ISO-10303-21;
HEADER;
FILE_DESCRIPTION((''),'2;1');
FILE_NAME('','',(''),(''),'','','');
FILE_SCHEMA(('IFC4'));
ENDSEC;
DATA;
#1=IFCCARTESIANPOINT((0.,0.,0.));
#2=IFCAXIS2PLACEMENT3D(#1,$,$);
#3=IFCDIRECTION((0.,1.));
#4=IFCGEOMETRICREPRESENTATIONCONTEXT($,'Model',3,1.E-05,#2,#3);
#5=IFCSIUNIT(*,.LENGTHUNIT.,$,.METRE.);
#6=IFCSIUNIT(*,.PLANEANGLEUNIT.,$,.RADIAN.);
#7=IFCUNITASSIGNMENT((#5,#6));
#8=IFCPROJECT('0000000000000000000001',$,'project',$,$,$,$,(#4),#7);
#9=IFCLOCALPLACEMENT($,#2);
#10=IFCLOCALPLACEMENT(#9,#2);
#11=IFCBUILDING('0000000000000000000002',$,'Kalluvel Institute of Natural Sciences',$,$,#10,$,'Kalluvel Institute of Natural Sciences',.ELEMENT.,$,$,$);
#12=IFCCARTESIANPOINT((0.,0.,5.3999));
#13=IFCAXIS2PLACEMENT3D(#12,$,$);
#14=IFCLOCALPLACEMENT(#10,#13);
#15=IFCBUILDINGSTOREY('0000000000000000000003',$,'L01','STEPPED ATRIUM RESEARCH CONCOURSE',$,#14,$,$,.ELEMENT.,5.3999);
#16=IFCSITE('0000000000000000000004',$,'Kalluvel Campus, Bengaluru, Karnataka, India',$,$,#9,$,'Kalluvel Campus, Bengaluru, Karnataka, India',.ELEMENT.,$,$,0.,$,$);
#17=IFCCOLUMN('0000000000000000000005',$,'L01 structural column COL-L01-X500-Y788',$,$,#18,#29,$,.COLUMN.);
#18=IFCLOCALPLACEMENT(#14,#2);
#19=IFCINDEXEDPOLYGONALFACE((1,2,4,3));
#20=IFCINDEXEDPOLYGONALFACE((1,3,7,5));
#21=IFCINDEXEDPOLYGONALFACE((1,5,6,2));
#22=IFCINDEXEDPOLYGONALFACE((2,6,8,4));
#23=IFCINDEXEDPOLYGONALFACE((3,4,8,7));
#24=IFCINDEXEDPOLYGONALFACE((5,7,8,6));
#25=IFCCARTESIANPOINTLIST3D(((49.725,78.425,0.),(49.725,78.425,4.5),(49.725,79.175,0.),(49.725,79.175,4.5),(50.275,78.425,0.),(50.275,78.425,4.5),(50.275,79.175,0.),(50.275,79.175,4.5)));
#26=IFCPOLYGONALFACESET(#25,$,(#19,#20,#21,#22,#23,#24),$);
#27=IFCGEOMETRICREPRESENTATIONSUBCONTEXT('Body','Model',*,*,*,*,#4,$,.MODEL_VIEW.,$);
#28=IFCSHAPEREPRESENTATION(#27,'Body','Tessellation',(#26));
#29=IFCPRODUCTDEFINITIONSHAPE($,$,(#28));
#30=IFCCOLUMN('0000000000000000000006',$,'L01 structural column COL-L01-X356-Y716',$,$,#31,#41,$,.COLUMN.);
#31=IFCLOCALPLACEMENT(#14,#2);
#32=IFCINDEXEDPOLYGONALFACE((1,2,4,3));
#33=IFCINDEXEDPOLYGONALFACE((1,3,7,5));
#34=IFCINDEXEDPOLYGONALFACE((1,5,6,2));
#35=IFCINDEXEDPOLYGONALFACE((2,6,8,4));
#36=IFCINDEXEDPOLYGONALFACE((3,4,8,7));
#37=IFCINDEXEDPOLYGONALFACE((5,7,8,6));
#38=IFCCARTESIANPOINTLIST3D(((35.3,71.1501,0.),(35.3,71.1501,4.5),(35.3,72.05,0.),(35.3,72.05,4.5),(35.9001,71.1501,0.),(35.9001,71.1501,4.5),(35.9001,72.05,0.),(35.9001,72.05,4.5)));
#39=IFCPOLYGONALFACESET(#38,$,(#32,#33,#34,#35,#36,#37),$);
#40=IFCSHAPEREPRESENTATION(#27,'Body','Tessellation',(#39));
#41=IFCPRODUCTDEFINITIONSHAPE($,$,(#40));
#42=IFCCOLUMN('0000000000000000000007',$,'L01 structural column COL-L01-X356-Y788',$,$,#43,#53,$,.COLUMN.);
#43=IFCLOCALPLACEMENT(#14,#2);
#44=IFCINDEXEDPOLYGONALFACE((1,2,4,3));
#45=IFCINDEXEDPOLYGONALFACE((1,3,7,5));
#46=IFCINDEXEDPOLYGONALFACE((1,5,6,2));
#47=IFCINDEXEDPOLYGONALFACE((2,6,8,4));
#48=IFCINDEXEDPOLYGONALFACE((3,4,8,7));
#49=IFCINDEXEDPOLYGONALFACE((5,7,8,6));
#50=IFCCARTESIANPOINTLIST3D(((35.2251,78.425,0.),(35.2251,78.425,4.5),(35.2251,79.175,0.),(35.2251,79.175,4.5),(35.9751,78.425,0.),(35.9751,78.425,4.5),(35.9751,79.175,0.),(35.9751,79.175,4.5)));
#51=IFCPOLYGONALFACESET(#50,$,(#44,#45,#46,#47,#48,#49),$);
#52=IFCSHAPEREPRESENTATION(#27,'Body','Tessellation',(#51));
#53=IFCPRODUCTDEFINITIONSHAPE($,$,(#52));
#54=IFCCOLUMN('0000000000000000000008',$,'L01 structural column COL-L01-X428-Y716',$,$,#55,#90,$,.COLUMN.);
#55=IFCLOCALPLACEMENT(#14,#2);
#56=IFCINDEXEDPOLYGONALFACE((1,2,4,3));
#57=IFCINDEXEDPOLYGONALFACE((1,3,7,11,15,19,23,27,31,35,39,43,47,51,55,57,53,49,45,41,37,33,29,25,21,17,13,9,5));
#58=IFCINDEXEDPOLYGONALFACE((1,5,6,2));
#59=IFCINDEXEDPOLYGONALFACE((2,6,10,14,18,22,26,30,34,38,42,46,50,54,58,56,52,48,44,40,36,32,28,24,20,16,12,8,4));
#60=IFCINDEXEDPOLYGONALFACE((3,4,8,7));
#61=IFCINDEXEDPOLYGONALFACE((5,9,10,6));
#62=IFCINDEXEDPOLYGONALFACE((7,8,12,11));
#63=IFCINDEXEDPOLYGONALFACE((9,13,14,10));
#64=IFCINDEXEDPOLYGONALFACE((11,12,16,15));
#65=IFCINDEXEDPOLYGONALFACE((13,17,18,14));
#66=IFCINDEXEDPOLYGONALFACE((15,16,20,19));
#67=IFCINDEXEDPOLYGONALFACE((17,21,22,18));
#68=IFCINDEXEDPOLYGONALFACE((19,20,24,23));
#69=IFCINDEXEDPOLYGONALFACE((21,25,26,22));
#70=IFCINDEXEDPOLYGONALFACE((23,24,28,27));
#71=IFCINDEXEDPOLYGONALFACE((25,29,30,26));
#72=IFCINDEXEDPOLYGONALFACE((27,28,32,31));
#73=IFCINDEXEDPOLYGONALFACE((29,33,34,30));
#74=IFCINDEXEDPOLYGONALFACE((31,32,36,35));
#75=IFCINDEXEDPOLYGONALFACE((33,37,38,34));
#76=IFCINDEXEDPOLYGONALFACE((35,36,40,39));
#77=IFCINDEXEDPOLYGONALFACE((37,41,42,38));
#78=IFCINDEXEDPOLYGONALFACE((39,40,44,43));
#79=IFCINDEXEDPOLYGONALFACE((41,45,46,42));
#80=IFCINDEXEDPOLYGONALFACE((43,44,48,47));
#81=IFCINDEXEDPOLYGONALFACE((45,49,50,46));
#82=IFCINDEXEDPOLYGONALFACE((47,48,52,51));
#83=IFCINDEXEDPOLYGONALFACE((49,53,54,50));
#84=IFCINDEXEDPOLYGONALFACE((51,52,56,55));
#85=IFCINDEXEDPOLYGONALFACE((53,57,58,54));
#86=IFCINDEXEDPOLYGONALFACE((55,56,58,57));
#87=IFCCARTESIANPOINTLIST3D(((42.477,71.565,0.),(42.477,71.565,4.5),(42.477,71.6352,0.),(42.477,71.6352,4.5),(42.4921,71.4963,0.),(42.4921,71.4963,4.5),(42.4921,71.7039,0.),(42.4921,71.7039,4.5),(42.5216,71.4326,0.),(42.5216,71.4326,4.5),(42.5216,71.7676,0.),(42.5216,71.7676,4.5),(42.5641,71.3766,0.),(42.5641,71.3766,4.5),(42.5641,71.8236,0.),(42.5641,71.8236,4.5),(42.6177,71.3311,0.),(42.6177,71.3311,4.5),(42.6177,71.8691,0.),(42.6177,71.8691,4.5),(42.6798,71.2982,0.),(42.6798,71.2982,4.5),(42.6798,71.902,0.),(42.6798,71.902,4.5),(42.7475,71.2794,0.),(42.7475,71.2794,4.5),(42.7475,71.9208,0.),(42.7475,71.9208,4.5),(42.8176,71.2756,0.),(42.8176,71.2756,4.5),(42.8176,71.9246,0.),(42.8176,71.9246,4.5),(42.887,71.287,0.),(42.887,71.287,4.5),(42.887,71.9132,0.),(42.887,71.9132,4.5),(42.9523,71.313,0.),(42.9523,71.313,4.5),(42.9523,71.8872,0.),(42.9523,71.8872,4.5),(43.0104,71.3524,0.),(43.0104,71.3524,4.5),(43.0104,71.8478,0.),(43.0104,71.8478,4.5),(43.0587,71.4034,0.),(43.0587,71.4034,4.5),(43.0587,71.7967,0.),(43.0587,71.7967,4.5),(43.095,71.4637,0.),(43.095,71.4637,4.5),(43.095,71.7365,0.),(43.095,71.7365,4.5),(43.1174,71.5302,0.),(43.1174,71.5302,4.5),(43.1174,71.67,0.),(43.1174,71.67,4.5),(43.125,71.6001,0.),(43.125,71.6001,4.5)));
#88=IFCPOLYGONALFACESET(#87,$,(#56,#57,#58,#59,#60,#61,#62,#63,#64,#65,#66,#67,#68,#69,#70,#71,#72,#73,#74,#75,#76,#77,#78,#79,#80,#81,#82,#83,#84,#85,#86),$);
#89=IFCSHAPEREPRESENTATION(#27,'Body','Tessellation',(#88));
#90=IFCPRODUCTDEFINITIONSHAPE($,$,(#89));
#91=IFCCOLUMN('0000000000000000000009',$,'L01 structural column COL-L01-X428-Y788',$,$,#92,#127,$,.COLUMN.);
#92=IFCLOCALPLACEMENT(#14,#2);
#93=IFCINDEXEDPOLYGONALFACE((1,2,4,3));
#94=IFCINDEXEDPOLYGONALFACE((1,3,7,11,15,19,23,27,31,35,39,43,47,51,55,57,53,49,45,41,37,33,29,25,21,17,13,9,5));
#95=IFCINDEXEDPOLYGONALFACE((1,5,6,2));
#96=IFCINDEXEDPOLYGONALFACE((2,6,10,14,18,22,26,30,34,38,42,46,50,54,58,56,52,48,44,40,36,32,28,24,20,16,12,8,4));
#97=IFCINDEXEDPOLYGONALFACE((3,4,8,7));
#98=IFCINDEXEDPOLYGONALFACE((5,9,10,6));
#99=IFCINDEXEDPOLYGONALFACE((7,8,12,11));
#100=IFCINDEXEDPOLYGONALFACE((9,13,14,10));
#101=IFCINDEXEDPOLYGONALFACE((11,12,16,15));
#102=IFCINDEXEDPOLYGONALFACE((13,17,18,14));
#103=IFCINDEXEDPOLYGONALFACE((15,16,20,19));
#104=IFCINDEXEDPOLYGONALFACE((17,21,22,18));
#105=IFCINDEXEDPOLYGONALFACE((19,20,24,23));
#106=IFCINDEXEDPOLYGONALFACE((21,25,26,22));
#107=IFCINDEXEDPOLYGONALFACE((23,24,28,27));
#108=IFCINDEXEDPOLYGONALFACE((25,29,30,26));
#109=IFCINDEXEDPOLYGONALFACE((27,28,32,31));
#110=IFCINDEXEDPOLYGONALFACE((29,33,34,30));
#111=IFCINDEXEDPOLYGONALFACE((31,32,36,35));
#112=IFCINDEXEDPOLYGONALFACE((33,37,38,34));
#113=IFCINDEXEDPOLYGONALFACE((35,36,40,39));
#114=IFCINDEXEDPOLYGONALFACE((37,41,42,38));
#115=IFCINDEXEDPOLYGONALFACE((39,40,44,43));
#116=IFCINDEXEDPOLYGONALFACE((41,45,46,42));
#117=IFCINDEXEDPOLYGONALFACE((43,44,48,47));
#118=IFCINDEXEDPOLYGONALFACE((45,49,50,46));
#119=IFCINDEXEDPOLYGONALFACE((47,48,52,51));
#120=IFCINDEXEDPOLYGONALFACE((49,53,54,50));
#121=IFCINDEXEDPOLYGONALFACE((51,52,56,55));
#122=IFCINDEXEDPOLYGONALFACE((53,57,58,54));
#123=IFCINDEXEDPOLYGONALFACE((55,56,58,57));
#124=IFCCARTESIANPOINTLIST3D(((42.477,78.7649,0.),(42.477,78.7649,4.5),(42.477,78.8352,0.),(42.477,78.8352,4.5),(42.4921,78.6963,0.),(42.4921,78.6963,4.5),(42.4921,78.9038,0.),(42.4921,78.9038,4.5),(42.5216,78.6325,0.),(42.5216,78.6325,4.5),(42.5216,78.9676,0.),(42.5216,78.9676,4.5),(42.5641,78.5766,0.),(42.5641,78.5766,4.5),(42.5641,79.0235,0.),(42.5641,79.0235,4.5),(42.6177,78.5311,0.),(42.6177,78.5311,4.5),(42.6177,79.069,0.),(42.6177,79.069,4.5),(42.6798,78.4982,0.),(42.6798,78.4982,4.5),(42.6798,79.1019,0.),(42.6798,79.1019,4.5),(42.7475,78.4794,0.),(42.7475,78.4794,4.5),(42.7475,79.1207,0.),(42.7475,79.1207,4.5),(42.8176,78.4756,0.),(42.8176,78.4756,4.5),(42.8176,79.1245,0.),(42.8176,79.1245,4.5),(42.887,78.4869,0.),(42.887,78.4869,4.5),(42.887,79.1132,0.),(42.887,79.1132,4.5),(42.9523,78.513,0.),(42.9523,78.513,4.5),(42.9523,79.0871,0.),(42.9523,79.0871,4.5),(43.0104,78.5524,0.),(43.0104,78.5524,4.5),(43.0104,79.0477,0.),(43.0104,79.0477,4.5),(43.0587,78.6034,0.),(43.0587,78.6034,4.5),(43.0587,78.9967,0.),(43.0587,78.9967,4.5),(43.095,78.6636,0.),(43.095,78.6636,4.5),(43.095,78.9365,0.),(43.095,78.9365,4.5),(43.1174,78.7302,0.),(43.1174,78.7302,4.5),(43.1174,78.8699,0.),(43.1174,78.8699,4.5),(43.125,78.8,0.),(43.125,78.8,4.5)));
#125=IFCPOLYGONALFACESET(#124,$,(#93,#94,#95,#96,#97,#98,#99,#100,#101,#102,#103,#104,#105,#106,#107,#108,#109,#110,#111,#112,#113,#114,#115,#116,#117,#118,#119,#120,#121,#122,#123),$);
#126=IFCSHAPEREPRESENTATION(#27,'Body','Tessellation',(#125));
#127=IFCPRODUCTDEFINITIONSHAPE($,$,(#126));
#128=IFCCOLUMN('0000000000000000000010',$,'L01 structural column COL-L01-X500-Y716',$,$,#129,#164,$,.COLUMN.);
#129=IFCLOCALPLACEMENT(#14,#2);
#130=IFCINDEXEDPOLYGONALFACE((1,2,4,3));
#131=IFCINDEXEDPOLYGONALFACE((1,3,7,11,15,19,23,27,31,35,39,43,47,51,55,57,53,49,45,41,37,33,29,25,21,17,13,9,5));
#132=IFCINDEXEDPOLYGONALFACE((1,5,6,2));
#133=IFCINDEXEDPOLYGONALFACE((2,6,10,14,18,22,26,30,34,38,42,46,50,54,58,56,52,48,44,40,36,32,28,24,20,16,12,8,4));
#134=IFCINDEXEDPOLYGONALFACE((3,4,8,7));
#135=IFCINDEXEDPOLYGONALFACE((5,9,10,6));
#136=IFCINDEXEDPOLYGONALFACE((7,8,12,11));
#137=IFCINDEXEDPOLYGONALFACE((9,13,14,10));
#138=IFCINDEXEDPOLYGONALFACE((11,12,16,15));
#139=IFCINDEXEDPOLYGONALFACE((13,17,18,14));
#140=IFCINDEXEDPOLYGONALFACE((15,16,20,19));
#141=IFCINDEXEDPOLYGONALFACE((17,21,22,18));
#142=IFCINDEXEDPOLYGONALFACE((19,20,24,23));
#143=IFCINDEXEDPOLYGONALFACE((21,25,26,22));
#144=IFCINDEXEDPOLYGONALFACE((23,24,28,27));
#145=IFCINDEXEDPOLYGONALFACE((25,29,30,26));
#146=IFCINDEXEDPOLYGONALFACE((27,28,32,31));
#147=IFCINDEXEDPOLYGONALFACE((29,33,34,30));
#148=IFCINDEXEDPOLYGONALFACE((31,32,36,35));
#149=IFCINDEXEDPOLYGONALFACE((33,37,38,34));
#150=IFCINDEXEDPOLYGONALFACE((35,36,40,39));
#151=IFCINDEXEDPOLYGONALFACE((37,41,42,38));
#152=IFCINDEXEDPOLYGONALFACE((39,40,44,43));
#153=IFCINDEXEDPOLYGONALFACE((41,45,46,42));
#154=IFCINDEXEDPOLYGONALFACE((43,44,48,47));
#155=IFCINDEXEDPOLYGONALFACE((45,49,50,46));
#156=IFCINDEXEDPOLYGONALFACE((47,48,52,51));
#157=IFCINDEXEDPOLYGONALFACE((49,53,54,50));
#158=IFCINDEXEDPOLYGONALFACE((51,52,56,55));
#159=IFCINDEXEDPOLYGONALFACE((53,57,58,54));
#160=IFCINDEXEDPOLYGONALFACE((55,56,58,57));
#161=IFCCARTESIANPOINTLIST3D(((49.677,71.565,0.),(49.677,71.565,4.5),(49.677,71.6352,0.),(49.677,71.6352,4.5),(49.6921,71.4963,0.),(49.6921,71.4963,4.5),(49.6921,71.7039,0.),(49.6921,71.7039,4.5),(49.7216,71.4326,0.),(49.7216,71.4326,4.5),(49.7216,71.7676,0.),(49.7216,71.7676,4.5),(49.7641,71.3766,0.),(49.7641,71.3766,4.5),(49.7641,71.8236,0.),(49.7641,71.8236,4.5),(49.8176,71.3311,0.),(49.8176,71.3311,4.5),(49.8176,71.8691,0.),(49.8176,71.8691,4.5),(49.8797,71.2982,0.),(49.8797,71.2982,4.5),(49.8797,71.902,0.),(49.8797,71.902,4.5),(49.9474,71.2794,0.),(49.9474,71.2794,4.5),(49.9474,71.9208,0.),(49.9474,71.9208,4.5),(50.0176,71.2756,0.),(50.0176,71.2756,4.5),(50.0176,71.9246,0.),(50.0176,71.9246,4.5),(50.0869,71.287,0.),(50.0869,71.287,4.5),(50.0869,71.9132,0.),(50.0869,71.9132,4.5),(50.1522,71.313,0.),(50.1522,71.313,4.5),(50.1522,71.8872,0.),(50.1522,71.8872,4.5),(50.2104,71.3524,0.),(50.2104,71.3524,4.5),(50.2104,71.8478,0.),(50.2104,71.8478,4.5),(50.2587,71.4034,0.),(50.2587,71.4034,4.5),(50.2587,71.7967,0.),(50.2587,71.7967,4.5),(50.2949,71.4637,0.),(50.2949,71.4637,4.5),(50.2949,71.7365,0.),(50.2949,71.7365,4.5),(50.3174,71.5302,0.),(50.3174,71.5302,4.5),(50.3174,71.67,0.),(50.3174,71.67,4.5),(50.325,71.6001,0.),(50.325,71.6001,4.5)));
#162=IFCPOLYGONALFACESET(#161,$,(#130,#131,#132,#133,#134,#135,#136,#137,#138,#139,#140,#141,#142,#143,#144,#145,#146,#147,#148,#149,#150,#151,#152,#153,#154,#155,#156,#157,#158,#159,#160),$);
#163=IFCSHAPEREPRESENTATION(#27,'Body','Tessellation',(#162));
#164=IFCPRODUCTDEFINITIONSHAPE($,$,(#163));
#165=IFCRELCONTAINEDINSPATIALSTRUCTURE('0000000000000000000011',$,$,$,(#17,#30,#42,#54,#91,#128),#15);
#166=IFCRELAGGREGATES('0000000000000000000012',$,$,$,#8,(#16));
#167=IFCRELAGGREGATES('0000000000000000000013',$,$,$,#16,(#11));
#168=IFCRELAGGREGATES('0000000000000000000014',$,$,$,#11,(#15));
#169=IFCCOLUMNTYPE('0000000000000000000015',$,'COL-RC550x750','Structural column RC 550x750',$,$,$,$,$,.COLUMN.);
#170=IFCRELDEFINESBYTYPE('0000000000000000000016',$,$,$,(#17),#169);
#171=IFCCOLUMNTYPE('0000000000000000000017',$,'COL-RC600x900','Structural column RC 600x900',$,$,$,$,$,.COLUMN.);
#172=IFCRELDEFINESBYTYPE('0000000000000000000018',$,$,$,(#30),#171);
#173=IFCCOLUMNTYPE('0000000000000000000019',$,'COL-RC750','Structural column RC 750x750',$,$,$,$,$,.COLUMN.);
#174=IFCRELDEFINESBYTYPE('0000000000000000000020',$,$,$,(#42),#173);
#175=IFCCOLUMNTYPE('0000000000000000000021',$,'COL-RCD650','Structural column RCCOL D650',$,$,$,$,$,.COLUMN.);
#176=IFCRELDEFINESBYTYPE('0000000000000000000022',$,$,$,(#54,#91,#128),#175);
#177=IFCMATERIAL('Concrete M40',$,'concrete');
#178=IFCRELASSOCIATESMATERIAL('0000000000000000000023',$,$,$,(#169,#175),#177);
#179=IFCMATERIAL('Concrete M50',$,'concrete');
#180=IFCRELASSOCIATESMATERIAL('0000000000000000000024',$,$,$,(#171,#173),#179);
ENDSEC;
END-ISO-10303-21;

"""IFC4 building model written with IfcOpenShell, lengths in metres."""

from ifc_helpers import new_model, si_unit, direction, frame, origin, origin_2d, place, context, subcontext, project, spatial, rectangle, circle, extrude, material, material_profile, profile_set, type_object, element, save


model = new_model("IFC4")

# Units and contexts
model_context = context("Model", 3, precision=1e-05, world=origin(), true_north=direction((0.0, 1.0)))
body_context = subcontext(model_context, "Body", "Model", "MODEL_VIEW")
ifc_project = project(units=[si_unit("LENGTHUNIT", "METRE"), si_unit("PLANEANGLEUNIT", "RADIAN")], contexts=[model_context])

# Site, building, storey
site_placement = place(None, origin())
site = spatial("IfcSite", under=ifc_project, at=site_placement, Name="Kalluvel Campus, Bengaluru, Karnataka, India", LongName="Kalluvel Campus, Bengaluru, Karnataka, India", CompositionType="ELEMENT", RefElevation=0.0)
building_placement = place(site_placement, origin())
building = spatial("IfcBuilding", under=site, at=building_placement, Name="Kalluvel Institute of Natural Sciences", LongName="Kalluvel Institute of Natural Sciences", CompositionType="ELEMENT")
storey_placement = place(building_placement, frame((0.0, 0.0, 5.3999)))
storey = spatial("IfcBuildingStorey", under=building, at=storey_placement, Name="L01", Description="STEPPED ATRIUM RESEARCH CONCOURSE", CompositionType="ELEMENT", Elevation=5.3999)

# Columns
ifc_material_1 = material(Name="Concrete M40", Category="concrete")
ifc_material_profile_1 = material_profile(ifc_material_1, rectangle(XDim=0.55, YDim=0.75, at=origin_2d()), Name="RC 550x750")
ifc_profile_set_1 = profile_set([ifc_material_profile_1], Name="Concrete M40")
column_type_1 = type_object("IfcColumnType", Name="COL-RC550x750", Description="Structural column RC 550x750", PredefinedType="COLUMN", material=ifc_profile_set_1)
column_1_placement = place(storey_placement, frame((50.0, 78.8, 0.0), z_axis=(0.0, 0.0, 1.0), x_axis=(1.0, 0.0, 0.0)))
element("IfcColumn", 1, at=column_1_placement, inside=storey, type_object=column_type_1, Name="L01 structural column COL-L01-X500-Y788", PredefinedType="COLUMN", context=body_context, shape_type="SweptSolid", body=[
    extrude(rectangle(XDim=0.55, YDim=0.75, at=origin_2d()), origin(), (0.0, 0.0, 1.0), 4.5),
])
ifc_material_2 = material(Name="Concrete M50", Category="concrete")
ifc_material_profile_2 = material_profile(ifc_material_2, rectangle(XDim=0.6001, YDim=0.8999, at=origin_2d()), Name="RC 600x900")
ifc_profile_set_2 = profile_set([ifc_material_profile_2], Name="Concrete M50")
column_type_2 = type_object("IfcColumnType", Name="COL-RC600x900", Description="Structural column RC 600x900", PredefinedType="COLUMN", material=ifc_profile_set_2)
column_2_placement = place(storey_placement, frame((35.6001, 71.6001, 0.0), z_axis=(0.0, 0.0, 1.0), x_axis=(1.0, 0.0, 0.0)))
element("IfcColumn", 2, at=column_2_placement, inside=storey, type_object=column_type_2, Name="L01 structural column COL-L01-X356-Y716", PredefinedType="COLUMN", context=body_context, shape_type="SweptSolid", body=[
    extrude(rectangle(XDim=0.6001, YDim=0.8999, at=origin_2d()), origin(), (0.0, 0.0, 1.0), 4.5),
])
ifc_material_profile_3 = material_profile(ifc_material_2, rectangle(XDim=0.75, YDim=0.75, at=origin_2d()), Name="RC 750x750")
ifc_profile_set_3 = profile_set([ifc_material_profile_3], Name="Concrete M50")
column_type_3 = type_object("IfcColumnType", Name="COL-RC750", Description="Structural column RC 750x750", PredefinedType="COLUMN", material=ifc_profile_set_3)
column_3_placement = place(storey_placement, frame((35.6001, 78.8, 0.0), z_axis=(0.0, 0.0, 1.0), x_axis=(1.0, 0.0, 0.0)))
element("IfcColumn", 3, at=column_3_placement, inside=storey, type_object=column_type_3, Name="L01 structural column COL-L01-X356-Y788", PredefinedType="COLUMN", context=body_context, shape_type="SweptSolid", body=[
    extrude(rectangle(XDim=0.75, YDim=0.75, at=origin_2d()), origin(), (0.0, 0.0, 1.0), 4.5),
])
ifc_material_profile_4 = material_profile(ifc_material_1, circle(Radius=0.325, at=origin_2d()), Name="RCCOL D650")
ifc_profile_set_4 = profile_set([ifc_material_profile_4], Name="Concrete M40")
column_type_4 = type_object("IfcColumnType", Name="COL-RCD650", Description="Structural column RCCOL D650", PredefinedType="COLUMN", material=ifc_profile_set_4)
for number, where, z_axis, x_axis, name in (
    (4, (42.8, 71.6001, 0.0), (0.0, 0.0, 1.0), (1.0, 0.0, 0.0), "L01 structural column COL-L01-X428-Y716"),
    (5, (42.8, 78.8, 0.0), (0.0, 0.0, 1.0), (1.0, 0.0, 0.0), "L01 structural column COL-L01-X428-Y788"),
    (6, (50.0, 71.6001, 0.0), (0.0, 0.0, 1.0), (1.0, 0.0, 0.0), "L01 structural column COL-L01-X500-Y716"),
):
    element("IfcColumn", number, at=place(storey_placement, frame(where, z_axis=z_axis, x_axis=x_axis)), inside=storey, type_object=column_type_4, Name=name, PredefinedType="COLUMN", context=body_context, shape_type="SweptSolid", body=[
        extrude(circle(Radius=0.325, at=origin_2d()), origin(), (0.0, 0.0, 1.0), 4.5),
    ])

save(model, "model.ifc")
